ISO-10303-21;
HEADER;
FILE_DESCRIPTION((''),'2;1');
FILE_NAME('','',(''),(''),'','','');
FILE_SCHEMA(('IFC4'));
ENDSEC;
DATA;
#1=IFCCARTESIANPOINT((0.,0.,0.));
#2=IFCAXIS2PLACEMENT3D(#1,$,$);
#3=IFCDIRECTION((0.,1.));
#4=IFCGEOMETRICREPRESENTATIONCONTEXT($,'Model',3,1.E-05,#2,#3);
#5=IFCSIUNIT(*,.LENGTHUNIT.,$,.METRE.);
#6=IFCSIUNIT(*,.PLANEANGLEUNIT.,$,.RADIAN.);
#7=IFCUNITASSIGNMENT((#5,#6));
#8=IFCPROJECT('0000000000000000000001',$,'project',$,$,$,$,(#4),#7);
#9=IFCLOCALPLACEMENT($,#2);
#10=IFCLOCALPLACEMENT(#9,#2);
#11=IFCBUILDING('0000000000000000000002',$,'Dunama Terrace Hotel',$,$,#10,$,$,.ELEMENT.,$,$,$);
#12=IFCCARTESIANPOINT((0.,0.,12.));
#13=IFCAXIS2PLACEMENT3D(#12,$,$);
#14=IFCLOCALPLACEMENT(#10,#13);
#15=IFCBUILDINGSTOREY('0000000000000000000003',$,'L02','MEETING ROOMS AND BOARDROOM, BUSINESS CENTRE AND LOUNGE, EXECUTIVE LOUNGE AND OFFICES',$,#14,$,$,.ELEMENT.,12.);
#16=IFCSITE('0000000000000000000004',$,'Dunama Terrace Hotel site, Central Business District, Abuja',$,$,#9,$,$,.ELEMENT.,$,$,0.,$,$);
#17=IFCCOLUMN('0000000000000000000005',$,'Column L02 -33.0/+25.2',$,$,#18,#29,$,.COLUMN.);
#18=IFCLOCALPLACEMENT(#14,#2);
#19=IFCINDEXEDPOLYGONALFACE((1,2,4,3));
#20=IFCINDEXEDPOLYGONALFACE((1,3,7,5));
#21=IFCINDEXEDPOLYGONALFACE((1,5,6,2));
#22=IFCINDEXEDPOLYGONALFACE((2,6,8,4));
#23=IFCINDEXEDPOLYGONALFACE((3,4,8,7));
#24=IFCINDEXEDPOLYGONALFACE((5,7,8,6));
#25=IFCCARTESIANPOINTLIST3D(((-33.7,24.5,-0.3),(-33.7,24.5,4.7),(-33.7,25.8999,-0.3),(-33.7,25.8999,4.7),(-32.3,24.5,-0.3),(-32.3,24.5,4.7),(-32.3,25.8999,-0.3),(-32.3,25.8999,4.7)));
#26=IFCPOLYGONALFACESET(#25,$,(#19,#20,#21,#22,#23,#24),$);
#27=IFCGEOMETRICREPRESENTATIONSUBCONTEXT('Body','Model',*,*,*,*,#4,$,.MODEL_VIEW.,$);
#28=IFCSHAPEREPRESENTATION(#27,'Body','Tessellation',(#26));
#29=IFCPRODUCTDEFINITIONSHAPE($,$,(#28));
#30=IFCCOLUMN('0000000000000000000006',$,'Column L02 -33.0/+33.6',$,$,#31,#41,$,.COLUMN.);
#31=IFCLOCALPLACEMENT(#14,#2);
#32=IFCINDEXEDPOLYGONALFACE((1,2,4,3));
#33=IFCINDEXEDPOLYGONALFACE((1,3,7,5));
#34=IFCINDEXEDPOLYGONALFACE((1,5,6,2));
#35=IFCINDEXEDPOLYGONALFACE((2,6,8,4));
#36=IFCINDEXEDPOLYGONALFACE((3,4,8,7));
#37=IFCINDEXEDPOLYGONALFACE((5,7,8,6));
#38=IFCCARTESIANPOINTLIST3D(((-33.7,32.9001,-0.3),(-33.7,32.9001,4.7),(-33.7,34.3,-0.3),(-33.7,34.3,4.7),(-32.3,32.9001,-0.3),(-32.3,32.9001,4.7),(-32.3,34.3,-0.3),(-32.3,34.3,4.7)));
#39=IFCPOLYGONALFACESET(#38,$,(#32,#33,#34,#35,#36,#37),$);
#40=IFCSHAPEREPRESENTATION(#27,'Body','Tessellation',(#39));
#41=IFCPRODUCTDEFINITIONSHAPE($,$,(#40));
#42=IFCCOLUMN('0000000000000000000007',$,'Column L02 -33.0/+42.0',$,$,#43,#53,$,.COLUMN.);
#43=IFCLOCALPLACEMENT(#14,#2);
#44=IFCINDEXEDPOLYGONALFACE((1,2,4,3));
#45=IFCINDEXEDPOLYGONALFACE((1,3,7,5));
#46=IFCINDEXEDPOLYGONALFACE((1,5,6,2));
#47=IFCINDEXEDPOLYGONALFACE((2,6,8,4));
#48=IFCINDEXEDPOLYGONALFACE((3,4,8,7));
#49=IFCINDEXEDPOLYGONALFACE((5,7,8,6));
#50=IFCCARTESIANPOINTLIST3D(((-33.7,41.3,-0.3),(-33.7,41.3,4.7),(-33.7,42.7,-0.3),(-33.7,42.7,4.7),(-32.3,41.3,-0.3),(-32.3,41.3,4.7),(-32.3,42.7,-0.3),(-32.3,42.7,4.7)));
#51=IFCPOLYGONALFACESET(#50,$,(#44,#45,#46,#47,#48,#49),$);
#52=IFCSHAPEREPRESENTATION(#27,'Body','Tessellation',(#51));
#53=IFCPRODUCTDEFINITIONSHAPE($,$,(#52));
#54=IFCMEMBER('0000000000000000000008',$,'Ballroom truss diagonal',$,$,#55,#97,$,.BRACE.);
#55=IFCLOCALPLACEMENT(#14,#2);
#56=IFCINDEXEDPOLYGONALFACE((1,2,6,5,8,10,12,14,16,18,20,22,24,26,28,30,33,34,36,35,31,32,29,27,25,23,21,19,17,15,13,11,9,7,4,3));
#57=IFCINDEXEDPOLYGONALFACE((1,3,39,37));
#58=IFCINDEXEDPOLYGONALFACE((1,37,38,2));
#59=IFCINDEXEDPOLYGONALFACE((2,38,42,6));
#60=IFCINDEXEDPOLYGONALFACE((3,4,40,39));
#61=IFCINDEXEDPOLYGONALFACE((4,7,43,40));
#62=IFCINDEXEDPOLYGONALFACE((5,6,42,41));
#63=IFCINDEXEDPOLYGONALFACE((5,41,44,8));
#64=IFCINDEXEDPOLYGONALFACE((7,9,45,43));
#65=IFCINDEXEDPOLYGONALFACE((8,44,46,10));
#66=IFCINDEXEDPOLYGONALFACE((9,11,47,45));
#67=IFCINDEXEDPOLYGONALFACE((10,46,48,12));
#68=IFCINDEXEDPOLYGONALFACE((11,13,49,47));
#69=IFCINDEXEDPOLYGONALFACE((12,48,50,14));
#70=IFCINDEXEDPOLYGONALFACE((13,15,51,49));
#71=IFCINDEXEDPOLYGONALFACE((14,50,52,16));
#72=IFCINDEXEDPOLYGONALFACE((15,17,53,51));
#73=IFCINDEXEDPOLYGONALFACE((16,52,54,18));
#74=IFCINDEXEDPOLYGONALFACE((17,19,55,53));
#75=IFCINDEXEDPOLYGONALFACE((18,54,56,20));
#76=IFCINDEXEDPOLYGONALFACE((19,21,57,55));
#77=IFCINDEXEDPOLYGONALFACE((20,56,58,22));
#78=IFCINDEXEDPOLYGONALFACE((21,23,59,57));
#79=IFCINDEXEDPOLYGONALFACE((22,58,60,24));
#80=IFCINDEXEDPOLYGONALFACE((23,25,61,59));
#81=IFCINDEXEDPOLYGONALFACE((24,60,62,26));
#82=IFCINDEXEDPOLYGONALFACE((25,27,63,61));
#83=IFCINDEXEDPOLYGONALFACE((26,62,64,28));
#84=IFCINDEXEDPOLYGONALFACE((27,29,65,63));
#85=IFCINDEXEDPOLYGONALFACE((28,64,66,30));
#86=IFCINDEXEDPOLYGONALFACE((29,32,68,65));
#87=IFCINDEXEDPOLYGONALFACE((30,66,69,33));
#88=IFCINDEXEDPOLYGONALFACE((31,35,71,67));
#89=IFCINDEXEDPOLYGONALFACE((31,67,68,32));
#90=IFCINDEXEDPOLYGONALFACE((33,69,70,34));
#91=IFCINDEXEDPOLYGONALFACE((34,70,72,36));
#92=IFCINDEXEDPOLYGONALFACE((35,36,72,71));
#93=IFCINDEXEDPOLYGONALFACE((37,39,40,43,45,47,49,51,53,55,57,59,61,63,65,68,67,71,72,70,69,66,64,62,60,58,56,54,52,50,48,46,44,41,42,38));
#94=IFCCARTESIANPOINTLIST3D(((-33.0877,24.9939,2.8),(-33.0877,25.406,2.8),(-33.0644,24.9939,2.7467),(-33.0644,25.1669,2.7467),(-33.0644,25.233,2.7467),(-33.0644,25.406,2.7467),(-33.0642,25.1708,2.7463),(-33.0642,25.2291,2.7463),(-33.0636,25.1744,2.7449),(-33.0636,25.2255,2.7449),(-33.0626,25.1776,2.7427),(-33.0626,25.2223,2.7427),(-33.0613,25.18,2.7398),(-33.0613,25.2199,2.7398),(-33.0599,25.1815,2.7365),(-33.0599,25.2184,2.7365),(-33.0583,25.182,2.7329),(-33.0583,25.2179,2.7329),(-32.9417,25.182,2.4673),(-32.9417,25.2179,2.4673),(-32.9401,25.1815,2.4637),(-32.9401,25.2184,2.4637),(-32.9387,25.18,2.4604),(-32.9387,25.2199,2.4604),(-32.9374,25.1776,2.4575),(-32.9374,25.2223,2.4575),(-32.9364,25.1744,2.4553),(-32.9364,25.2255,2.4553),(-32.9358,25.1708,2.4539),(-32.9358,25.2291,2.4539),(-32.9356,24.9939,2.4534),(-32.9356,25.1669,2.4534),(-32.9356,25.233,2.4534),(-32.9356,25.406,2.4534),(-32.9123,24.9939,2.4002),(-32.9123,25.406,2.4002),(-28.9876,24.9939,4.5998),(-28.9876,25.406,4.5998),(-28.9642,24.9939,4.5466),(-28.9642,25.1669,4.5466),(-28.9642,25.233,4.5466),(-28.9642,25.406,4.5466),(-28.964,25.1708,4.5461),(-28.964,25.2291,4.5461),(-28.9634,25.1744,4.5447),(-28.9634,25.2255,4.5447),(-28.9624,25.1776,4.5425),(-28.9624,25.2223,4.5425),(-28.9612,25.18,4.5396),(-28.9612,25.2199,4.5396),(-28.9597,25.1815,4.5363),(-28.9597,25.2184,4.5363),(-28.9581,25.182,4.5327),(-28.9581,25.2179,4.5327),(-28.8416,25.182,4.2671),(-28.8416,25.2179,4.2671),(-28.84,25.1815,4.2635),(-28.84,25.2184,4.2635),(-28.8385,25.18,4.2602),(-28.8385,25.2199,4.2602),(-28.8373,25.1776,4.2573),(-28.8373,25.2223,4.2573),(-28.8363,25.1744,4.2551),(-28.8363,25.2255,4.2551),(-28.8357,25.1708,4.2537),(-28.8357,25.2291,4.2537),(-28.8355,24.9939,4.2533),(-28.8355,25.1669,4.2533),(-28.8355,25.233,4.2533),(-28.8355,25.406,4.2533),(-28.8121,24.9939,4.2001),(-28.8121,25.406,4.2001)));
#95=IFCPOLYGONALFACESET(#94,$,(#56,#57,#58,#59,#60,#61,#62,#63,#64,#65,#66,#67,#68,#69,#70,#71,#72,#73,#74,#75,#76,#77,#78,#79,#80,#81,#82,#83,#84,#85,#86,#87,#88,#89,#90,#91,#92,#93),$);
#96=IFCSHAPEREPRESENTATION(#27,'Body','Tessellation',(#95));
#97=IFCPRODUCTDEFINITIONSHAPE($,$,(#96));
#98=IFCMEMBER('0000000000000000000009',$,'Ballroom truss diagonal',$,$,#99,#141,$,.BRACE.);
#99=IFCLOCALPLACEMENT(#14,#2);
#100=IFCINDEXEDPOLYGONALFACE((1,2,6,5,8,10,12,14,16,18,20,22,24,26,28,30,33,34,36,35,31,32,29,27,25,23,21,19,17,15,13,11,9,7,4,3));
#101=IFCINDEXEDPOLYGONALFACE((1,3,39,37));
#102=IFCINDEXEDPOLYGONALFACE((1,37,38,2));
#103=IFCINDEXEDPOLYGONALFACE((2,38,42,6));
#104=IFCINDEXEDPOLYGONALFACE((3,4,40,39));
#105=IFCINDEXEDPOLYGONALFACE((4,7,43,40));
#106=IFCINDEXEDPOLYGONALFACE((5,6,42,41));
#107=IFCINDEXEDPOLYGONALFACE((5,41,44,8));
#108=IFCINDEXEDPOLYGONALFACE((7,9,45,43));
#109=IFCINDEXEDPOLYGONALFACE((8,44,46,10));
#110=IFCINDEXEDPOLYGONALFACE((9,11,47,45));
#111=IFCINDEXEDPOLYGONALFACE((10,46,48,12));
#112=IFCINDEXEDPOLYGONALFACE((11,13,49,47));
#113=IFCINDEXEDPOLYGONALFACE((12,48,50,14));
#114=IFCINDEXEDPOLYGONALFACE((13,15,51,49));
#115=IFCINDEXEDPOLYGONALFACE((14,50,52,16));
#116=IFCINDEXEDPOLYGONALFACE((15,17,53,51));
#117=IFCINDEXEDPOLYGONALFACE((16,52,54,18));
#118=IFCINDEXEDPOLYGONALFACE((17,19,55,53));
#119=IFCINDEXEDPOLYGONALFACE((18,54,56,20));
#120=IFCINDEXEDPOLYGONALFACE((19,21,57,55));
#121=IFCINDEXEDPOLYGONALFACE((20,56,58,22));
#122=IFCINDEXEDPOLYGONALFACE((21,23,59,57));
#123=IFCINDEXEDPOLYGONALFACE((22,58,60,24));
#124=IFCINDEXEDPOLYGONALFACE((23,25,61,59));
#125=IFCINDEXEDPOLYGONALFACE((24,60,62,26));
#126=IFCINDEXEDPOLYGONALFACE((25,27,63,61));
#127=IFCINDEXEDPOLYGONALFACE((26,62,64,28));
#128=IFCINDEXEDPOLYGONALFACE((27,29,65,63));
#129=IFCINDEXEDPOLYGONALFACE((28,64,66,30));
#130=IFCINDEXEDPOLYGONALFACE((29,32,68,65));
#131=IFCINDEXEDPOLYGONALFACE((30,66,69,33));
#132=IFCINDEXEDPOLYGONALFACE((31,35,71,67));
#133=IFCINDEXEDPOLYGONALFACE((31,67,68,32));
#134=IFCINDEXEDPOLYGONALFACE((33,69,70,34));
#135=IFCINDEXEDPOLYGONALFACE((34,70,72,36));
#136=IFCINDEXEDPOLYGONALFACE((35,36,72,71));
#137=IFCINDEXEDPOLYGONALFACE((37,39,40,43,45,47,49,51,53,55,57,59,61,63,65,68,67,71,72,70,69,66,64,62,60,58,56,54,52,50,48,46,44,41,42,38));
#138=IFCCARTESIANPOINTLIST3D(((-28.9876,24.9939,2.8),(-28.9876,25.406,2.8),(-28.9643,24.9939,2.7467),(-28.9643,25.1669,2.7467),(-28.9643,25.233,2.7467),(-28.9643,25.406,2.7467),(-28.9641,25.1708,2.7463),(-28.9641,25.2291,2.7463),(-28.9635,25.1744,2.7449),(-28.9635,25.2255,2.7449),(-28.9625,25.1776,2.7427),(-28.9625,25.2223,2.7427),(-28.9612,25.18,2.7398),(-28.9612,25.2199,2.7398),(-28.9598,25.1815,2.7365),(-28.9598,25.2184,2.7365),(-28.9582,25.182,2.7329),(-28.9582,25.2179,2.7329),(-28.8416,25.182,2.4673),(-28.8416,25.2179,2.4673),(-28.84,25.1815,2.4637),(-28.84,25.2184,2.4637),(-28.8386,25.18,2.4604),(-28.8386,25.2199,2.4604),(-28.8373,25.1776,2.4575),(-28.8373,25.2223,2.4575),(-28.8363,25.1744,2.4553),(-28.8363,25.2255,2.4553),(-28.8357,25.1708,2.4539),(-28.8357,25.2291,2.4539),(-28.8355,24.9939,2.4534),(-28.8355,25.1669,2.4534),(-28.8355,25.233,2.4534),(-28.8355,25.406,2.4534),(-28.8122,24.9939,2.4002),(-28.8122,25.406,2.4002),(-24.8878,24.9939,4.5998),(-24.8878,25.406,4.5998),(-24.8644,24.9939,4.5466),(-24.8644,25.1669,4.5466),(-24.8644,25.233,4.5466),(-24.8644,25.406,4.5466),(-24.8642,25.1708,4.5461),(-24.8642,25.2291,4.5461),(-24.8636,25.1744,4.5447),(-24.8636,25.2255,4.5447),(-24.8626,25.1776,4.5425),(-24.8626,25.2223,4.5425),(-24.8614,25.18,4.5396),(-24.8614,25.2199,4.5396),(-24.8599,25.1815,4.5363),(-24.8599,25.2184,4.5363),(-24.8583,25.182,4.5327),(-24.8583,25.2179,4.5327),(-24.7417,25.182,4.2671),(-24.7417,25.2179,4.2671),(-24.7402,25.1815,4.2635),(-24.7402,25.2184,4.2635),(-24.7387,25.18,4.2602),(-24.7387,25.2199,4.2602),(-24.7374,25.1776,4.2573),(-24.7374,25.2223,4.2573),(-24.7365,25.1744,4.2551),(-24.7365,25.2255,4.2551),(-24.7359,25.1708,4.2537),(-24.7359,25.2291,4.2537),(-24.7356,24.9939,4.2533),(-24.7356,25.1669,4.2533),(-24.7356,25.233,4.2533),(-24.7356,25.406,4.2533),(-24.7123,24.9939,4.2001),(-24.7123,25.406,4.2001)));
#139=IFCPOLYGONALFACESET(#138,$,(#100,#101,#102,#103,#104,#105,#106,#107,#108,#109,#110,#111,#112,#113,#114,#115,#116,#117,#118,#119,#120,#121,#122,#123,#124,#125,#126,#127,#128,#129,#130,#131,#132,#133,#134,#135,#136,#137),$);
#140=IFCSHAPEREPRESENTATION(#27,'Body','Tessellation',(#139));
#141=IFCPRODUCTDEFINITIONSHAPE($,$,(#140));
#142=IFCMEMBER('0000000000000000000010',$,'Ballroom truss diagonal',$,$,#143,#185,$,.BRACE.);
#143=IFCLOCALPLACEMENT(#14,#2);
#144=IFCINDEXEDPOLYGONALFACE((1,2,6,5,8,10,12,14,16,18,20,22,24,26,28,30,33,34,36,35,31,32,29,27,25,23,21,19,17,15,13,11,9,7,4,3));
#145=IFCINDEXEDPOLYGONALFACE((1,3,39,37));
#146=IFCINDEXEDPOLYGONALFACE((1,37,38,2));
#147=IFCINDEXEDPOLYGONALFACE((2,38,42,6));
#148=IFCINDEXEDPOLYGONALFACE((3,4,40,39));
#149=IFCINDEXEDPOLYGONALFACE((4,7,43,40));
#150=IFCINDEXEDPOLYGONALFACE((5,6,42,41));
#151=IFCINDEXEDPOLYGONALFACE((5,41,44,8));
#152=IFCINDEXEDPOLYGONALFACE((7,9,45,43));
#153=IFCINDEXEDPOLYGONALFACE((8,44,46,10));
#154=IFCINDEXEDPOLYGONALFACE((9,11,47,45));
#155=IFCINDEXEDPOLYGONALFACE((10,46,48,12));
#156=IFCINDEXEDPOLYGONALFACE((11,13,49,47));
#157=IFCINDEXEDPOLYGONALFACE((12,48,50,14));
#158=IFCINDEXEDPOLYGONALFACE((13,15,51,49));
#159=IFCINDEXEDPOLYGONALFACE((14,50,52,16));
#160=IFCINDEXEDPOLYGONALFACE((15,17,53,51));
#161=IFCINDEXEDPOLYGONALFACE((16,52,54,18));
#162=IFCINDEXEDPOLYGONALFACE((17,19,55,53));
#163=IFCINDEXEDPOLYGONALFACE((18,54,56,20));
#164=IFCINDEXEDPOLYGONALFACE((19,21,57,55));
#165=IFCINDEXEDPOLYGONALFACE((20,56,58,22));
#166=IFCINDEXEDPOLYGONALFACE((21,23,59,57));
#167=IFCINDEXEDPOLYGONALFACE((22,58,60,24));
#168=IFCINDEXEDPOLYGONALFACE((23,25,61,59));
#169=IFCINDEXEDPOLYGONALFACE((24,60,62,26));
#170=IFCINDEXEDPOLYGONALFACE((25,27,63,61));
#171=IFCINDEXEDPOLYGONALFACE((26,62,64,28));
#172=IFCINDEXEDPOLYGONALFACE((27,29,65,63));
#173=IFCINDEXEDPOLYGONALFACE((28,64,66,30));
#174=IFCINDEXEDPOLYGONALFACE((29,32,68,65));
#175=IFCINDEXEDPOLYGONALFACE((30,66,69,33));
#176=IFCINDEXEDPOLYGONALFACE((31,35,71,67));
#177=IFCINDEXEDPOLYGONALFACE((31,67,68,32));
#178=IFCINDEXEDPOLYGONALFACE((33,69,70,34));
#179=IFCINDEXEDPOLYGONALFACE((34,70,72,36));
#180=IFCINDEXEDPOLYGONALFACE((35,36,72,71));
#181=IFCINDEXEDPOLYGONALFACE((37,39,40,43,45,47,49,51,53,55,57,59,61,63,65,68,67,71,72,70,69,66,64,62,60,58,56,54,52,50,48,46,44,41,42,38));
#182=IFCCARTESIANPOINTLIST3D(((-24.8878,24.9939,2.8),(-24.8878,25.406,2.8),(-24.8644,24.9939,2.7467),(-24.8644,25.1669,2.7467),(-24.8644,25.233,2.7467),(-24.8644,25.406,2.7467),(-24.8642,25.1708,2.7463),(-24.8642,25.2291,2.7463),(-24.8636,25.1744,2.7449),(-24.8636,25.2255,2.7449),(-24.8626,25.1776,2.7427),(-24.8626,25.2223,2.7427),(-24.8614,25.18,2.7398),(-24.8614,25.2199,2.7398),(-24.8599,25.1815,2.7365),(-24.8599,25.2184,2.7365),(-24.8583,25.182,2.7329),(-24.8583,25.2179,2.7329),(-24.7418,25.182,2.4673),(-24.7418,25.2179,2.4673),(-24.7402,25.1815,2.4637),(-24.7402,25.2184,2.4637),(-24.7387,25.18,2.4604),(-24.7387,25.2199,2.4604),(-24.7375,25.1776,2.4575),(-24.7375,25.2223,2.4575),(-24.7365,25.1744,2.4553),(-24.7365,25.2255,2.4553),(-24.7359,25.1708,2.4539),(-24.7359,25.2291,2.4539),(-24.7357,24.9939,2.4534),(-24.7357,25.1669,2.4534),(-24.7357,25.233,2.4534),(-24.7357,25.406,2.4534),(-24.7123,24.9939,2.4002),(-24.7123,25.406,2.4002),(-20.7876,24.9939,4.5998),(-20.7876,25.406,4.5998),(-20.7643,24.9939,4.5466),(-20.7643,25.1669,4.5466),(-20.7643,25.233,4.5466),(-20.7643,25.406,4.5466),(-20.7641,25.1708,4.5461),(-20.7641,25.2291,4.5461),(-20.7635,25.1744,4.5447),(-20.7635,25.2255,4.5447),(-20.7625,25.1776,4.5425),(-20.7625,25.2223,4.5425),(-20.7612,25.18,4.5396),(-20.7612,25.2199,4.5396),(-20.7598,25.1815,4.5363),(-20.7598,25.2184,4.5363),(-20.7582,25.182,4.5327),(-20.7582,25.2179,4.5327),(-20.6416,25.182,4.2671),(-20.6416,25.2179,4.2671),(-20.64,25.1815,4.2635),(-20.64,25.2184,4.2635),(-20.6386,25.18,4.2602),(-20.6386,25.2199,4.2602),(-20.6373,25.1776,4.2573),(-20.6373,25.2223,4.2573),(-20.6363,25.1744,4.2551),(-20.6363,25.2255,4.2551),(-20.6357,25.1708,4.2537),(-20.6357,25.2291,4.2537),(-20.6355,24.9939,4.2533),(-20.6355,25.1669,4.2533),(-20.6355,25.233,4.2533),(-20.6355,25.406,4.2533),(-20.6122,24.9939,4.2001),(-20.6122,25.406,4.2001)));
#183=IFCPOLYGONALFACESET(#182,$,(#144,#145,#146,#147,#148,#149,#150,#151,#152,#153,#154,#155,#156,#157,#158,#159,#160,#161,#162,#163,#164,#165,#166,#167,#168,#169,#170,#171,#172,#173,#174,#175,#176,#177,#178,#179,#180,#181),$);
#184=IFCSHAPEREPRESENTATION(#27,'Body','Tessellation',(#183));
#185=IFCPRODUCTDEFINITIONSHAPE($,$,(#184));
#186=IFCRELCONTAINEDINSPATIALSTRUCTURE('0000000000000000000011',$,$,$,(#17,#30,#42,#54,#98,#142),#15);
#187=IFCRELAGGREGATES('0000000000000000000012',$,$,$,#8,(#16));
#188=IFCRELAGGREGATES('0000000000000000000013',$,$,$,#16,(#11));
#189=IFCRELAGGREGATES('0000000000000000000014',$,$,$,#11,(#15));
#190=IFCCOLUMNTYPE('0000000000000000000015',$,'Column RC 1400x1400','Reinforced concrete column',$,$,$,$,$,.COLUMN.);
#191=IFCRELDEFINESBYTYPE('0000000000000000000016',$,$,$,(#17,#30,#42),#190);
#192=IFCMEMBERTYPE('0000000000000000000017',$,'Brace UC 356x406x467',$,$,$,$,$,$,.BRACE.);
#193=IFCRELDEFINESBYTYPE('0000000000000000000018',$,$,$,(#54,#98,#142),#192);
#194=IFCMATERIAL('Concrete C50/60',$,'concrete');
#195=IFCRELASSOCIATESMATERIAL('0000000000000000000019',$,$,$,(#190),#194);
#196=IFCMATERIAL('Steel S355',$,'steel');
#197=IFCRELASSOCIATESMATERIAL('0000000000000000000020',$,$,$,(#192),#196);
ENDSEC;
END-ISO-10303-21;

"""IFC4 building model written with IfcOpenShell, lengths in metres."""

from ifc_helpers import new_model, si_unit, direction, frame, origin, origin_2d, place, context, subcontext, project, spatial, rectangle, i_section, extrude, material, material_profile, profile_set, type_object, element, save


model = new_model("IFC4")

# Units and contexts
model_context = context("Model", 3, precision=1e-05, world=origin(), true_north=direction((0.0, 1.0)))
body_context = subcontext(model_context, "Body", "Model", "MODEL_VIEW")
ifc_project = project(units=[si_unit("LENGTHUNIT", "METRE"), si_unit("PLANEANGLEUNIT", "RADIAN")], contexts=[model_context])

# Site, building, storey
site_placement = place(None, origin())
site = spatial("IfcSite", under=ifc_project, at=site_placement, Name="Dunama Terrace Hotel site, Central Business District, Abuja", CompositionType="ELEMENT", RefElevation=0.0)
building_placement = place(site_placement, origin())
building = spatial("IfcBuilding", under=site, at=building_placement, Name="Dunama Terrace Hotel", CompositionType="ELEMENT")
storey_placement = place(building_placement, frame((0.0, 0.0, 12.0)))
storey = spatial("IfcBuildingStorey", under=building, at=storey_placement, Name="L02", Description="MEETING ROOMS AND BOARDROOM, BUSINESS CENTRE AND LOUNGE, EXECUTIVE LOUNGE AND OFFICES", CompositionType="ELEMENT", Elevation=12.0)

# Columns
ifc_material_1 = material(Name="Concrete C50/60", Category="concrete")
ifc_material_profile_1 = material_profile(ifc_material_1, rectangle(XDim=1.3999, YDim=1.3999, at=origin_2d()), Name="RC 1400x1400")
ifc_profile_set_1 = profile_set([ifc_material_profile_1], Name="Concrete C50/60")
column_type = type_object("IfcColumnType", Name="Column RC 1400x1400", Description="Reinforced concrete column", PredefinedType="COLUMN", material=ifc_profile_set_1)
for number, where, z_axis, x_axis, name in (
    (1, (-33.0, 25.2, -0.3), (0.0, 0.0, 1.0), (1.0, 0.0, 0.0), "Column L02 -33.0/+25.2"),
    (2, (-33.0, 33.6001, -0.3), (0.0, 0.0, 1.0), (1.0, 0.0, 0.0), "Column L02 -33.0/+33.6"),
    (3, (-33.0, 42.0, -0.3), (0.0, 0.0, 1.0), (1.0, 0.0, 0.0), "Column L02 -33.0/+42.0"),
):
    element("IfcColumn", number, at=place(storey_placement, frame(where, z_axis=z_axis, x_axis=x_axis)), inside=storey, type_object=column_type, Name=name, PredefinedType="COLUMN", context=body_context, shape_type="SweptSolid", body=[
        extrude(rectangle(XDim=1.3999, YDim=1.3999, at=origin_2d()), origin(), (0.0, 0.0, 1.0), 5.0),
    ])

# Members
ifc_material_2 = material(Name="Steel S355", Category="steel")
ifc_material_profile_2 = material_profile(ifc_material_2, i_section(OverallWidth=0.4121, OverallDepth=0.4365, WebThickness=0.0359, FlangeThickness=0.0581, FilletRadius=0.0151, at=origin_2d()), Name="UC 356x406x467")
ifc_profile_set_2 = profile_set([ifc_material_profile_2], Name="Steel S355")
member_type_1 = type_object("IfcMemberType", Name="Brace UC 356x406x467", PredefinedType="BRACE", material=ifc_profile_set_2)
member_1_placement = place(storey_placement, frame((-33.0, 25.2, 2.6001), z_axis=(0.915664, 0.0, 0.401945), x_axis=(0.0, 1.0, 0.0)))
element("IfcMember", 4, at=member_1_placement, inside=storey, type_object=member_type_1, Name="Ballroom truss diagonal", PredefinedType="BRACE", context=body_context, shape_type="SweptSolid", body=[
    extrude(i_section(OverallWidth=0.4121, OverallDepth=0.4365, WebThickness=0.0359, FlangeThickness=0.0581, FilletRadius=0.0151, at=origin_2d()), origin(), (0.0, 0.0, 1.0), 4.4778),
])
member_2_placement = place(storey_placement, frame((-28.8999, 25.2, 2.6001), z_axis=(0.915655, 0.0, 0.401966), x_axis=(0.0, 1.0, 0.0)))
element("IfcMember", 5, at=member_2_placement, inside=storey, type_object=member_type_1, Name="Ballroom truss diagonal", PredefinedType="BRACE", context=body_context, shape_type="SweptSolid", body=[
    extrude(i_section(OverallWidth=0.4121, OverallDepth=0.4365, WebThickness=0.0359, FlangeThickness=0.0581, FilletRadius=0.0151, at=origin_2d()), origin(), (0.0, 0.0, 1.0), 4.4775),
])
for number, where, z_axis, x_axis, name in (
    (6, (-24.8, 25.2, 2.6001), (0.915664, 0.0, 0.401945), (0.0, 1.0, 0.0), "Ballroom truss diagonal"),
):
    element("IfcMember", number, at=place(storey_placement, frame(where, z_axis=z_axis, x_axis=x_axis)), inside=storey, type_object=member_type_1, Name=name, PredefinedType="BRACE", context=body_context, shape_type="SweptSolid", body=[
        extrude(i_section(OverallWidth=0.4121, OverallDepth=0.4365, WebThickness=0.0359, FlangeThickness=0.0581, FilletRadius=0.0151, at=origin_2d()), origin(), (0.0, 0.0, 1.0), 4.4778),
    ])

save(model, "model.ifc")
